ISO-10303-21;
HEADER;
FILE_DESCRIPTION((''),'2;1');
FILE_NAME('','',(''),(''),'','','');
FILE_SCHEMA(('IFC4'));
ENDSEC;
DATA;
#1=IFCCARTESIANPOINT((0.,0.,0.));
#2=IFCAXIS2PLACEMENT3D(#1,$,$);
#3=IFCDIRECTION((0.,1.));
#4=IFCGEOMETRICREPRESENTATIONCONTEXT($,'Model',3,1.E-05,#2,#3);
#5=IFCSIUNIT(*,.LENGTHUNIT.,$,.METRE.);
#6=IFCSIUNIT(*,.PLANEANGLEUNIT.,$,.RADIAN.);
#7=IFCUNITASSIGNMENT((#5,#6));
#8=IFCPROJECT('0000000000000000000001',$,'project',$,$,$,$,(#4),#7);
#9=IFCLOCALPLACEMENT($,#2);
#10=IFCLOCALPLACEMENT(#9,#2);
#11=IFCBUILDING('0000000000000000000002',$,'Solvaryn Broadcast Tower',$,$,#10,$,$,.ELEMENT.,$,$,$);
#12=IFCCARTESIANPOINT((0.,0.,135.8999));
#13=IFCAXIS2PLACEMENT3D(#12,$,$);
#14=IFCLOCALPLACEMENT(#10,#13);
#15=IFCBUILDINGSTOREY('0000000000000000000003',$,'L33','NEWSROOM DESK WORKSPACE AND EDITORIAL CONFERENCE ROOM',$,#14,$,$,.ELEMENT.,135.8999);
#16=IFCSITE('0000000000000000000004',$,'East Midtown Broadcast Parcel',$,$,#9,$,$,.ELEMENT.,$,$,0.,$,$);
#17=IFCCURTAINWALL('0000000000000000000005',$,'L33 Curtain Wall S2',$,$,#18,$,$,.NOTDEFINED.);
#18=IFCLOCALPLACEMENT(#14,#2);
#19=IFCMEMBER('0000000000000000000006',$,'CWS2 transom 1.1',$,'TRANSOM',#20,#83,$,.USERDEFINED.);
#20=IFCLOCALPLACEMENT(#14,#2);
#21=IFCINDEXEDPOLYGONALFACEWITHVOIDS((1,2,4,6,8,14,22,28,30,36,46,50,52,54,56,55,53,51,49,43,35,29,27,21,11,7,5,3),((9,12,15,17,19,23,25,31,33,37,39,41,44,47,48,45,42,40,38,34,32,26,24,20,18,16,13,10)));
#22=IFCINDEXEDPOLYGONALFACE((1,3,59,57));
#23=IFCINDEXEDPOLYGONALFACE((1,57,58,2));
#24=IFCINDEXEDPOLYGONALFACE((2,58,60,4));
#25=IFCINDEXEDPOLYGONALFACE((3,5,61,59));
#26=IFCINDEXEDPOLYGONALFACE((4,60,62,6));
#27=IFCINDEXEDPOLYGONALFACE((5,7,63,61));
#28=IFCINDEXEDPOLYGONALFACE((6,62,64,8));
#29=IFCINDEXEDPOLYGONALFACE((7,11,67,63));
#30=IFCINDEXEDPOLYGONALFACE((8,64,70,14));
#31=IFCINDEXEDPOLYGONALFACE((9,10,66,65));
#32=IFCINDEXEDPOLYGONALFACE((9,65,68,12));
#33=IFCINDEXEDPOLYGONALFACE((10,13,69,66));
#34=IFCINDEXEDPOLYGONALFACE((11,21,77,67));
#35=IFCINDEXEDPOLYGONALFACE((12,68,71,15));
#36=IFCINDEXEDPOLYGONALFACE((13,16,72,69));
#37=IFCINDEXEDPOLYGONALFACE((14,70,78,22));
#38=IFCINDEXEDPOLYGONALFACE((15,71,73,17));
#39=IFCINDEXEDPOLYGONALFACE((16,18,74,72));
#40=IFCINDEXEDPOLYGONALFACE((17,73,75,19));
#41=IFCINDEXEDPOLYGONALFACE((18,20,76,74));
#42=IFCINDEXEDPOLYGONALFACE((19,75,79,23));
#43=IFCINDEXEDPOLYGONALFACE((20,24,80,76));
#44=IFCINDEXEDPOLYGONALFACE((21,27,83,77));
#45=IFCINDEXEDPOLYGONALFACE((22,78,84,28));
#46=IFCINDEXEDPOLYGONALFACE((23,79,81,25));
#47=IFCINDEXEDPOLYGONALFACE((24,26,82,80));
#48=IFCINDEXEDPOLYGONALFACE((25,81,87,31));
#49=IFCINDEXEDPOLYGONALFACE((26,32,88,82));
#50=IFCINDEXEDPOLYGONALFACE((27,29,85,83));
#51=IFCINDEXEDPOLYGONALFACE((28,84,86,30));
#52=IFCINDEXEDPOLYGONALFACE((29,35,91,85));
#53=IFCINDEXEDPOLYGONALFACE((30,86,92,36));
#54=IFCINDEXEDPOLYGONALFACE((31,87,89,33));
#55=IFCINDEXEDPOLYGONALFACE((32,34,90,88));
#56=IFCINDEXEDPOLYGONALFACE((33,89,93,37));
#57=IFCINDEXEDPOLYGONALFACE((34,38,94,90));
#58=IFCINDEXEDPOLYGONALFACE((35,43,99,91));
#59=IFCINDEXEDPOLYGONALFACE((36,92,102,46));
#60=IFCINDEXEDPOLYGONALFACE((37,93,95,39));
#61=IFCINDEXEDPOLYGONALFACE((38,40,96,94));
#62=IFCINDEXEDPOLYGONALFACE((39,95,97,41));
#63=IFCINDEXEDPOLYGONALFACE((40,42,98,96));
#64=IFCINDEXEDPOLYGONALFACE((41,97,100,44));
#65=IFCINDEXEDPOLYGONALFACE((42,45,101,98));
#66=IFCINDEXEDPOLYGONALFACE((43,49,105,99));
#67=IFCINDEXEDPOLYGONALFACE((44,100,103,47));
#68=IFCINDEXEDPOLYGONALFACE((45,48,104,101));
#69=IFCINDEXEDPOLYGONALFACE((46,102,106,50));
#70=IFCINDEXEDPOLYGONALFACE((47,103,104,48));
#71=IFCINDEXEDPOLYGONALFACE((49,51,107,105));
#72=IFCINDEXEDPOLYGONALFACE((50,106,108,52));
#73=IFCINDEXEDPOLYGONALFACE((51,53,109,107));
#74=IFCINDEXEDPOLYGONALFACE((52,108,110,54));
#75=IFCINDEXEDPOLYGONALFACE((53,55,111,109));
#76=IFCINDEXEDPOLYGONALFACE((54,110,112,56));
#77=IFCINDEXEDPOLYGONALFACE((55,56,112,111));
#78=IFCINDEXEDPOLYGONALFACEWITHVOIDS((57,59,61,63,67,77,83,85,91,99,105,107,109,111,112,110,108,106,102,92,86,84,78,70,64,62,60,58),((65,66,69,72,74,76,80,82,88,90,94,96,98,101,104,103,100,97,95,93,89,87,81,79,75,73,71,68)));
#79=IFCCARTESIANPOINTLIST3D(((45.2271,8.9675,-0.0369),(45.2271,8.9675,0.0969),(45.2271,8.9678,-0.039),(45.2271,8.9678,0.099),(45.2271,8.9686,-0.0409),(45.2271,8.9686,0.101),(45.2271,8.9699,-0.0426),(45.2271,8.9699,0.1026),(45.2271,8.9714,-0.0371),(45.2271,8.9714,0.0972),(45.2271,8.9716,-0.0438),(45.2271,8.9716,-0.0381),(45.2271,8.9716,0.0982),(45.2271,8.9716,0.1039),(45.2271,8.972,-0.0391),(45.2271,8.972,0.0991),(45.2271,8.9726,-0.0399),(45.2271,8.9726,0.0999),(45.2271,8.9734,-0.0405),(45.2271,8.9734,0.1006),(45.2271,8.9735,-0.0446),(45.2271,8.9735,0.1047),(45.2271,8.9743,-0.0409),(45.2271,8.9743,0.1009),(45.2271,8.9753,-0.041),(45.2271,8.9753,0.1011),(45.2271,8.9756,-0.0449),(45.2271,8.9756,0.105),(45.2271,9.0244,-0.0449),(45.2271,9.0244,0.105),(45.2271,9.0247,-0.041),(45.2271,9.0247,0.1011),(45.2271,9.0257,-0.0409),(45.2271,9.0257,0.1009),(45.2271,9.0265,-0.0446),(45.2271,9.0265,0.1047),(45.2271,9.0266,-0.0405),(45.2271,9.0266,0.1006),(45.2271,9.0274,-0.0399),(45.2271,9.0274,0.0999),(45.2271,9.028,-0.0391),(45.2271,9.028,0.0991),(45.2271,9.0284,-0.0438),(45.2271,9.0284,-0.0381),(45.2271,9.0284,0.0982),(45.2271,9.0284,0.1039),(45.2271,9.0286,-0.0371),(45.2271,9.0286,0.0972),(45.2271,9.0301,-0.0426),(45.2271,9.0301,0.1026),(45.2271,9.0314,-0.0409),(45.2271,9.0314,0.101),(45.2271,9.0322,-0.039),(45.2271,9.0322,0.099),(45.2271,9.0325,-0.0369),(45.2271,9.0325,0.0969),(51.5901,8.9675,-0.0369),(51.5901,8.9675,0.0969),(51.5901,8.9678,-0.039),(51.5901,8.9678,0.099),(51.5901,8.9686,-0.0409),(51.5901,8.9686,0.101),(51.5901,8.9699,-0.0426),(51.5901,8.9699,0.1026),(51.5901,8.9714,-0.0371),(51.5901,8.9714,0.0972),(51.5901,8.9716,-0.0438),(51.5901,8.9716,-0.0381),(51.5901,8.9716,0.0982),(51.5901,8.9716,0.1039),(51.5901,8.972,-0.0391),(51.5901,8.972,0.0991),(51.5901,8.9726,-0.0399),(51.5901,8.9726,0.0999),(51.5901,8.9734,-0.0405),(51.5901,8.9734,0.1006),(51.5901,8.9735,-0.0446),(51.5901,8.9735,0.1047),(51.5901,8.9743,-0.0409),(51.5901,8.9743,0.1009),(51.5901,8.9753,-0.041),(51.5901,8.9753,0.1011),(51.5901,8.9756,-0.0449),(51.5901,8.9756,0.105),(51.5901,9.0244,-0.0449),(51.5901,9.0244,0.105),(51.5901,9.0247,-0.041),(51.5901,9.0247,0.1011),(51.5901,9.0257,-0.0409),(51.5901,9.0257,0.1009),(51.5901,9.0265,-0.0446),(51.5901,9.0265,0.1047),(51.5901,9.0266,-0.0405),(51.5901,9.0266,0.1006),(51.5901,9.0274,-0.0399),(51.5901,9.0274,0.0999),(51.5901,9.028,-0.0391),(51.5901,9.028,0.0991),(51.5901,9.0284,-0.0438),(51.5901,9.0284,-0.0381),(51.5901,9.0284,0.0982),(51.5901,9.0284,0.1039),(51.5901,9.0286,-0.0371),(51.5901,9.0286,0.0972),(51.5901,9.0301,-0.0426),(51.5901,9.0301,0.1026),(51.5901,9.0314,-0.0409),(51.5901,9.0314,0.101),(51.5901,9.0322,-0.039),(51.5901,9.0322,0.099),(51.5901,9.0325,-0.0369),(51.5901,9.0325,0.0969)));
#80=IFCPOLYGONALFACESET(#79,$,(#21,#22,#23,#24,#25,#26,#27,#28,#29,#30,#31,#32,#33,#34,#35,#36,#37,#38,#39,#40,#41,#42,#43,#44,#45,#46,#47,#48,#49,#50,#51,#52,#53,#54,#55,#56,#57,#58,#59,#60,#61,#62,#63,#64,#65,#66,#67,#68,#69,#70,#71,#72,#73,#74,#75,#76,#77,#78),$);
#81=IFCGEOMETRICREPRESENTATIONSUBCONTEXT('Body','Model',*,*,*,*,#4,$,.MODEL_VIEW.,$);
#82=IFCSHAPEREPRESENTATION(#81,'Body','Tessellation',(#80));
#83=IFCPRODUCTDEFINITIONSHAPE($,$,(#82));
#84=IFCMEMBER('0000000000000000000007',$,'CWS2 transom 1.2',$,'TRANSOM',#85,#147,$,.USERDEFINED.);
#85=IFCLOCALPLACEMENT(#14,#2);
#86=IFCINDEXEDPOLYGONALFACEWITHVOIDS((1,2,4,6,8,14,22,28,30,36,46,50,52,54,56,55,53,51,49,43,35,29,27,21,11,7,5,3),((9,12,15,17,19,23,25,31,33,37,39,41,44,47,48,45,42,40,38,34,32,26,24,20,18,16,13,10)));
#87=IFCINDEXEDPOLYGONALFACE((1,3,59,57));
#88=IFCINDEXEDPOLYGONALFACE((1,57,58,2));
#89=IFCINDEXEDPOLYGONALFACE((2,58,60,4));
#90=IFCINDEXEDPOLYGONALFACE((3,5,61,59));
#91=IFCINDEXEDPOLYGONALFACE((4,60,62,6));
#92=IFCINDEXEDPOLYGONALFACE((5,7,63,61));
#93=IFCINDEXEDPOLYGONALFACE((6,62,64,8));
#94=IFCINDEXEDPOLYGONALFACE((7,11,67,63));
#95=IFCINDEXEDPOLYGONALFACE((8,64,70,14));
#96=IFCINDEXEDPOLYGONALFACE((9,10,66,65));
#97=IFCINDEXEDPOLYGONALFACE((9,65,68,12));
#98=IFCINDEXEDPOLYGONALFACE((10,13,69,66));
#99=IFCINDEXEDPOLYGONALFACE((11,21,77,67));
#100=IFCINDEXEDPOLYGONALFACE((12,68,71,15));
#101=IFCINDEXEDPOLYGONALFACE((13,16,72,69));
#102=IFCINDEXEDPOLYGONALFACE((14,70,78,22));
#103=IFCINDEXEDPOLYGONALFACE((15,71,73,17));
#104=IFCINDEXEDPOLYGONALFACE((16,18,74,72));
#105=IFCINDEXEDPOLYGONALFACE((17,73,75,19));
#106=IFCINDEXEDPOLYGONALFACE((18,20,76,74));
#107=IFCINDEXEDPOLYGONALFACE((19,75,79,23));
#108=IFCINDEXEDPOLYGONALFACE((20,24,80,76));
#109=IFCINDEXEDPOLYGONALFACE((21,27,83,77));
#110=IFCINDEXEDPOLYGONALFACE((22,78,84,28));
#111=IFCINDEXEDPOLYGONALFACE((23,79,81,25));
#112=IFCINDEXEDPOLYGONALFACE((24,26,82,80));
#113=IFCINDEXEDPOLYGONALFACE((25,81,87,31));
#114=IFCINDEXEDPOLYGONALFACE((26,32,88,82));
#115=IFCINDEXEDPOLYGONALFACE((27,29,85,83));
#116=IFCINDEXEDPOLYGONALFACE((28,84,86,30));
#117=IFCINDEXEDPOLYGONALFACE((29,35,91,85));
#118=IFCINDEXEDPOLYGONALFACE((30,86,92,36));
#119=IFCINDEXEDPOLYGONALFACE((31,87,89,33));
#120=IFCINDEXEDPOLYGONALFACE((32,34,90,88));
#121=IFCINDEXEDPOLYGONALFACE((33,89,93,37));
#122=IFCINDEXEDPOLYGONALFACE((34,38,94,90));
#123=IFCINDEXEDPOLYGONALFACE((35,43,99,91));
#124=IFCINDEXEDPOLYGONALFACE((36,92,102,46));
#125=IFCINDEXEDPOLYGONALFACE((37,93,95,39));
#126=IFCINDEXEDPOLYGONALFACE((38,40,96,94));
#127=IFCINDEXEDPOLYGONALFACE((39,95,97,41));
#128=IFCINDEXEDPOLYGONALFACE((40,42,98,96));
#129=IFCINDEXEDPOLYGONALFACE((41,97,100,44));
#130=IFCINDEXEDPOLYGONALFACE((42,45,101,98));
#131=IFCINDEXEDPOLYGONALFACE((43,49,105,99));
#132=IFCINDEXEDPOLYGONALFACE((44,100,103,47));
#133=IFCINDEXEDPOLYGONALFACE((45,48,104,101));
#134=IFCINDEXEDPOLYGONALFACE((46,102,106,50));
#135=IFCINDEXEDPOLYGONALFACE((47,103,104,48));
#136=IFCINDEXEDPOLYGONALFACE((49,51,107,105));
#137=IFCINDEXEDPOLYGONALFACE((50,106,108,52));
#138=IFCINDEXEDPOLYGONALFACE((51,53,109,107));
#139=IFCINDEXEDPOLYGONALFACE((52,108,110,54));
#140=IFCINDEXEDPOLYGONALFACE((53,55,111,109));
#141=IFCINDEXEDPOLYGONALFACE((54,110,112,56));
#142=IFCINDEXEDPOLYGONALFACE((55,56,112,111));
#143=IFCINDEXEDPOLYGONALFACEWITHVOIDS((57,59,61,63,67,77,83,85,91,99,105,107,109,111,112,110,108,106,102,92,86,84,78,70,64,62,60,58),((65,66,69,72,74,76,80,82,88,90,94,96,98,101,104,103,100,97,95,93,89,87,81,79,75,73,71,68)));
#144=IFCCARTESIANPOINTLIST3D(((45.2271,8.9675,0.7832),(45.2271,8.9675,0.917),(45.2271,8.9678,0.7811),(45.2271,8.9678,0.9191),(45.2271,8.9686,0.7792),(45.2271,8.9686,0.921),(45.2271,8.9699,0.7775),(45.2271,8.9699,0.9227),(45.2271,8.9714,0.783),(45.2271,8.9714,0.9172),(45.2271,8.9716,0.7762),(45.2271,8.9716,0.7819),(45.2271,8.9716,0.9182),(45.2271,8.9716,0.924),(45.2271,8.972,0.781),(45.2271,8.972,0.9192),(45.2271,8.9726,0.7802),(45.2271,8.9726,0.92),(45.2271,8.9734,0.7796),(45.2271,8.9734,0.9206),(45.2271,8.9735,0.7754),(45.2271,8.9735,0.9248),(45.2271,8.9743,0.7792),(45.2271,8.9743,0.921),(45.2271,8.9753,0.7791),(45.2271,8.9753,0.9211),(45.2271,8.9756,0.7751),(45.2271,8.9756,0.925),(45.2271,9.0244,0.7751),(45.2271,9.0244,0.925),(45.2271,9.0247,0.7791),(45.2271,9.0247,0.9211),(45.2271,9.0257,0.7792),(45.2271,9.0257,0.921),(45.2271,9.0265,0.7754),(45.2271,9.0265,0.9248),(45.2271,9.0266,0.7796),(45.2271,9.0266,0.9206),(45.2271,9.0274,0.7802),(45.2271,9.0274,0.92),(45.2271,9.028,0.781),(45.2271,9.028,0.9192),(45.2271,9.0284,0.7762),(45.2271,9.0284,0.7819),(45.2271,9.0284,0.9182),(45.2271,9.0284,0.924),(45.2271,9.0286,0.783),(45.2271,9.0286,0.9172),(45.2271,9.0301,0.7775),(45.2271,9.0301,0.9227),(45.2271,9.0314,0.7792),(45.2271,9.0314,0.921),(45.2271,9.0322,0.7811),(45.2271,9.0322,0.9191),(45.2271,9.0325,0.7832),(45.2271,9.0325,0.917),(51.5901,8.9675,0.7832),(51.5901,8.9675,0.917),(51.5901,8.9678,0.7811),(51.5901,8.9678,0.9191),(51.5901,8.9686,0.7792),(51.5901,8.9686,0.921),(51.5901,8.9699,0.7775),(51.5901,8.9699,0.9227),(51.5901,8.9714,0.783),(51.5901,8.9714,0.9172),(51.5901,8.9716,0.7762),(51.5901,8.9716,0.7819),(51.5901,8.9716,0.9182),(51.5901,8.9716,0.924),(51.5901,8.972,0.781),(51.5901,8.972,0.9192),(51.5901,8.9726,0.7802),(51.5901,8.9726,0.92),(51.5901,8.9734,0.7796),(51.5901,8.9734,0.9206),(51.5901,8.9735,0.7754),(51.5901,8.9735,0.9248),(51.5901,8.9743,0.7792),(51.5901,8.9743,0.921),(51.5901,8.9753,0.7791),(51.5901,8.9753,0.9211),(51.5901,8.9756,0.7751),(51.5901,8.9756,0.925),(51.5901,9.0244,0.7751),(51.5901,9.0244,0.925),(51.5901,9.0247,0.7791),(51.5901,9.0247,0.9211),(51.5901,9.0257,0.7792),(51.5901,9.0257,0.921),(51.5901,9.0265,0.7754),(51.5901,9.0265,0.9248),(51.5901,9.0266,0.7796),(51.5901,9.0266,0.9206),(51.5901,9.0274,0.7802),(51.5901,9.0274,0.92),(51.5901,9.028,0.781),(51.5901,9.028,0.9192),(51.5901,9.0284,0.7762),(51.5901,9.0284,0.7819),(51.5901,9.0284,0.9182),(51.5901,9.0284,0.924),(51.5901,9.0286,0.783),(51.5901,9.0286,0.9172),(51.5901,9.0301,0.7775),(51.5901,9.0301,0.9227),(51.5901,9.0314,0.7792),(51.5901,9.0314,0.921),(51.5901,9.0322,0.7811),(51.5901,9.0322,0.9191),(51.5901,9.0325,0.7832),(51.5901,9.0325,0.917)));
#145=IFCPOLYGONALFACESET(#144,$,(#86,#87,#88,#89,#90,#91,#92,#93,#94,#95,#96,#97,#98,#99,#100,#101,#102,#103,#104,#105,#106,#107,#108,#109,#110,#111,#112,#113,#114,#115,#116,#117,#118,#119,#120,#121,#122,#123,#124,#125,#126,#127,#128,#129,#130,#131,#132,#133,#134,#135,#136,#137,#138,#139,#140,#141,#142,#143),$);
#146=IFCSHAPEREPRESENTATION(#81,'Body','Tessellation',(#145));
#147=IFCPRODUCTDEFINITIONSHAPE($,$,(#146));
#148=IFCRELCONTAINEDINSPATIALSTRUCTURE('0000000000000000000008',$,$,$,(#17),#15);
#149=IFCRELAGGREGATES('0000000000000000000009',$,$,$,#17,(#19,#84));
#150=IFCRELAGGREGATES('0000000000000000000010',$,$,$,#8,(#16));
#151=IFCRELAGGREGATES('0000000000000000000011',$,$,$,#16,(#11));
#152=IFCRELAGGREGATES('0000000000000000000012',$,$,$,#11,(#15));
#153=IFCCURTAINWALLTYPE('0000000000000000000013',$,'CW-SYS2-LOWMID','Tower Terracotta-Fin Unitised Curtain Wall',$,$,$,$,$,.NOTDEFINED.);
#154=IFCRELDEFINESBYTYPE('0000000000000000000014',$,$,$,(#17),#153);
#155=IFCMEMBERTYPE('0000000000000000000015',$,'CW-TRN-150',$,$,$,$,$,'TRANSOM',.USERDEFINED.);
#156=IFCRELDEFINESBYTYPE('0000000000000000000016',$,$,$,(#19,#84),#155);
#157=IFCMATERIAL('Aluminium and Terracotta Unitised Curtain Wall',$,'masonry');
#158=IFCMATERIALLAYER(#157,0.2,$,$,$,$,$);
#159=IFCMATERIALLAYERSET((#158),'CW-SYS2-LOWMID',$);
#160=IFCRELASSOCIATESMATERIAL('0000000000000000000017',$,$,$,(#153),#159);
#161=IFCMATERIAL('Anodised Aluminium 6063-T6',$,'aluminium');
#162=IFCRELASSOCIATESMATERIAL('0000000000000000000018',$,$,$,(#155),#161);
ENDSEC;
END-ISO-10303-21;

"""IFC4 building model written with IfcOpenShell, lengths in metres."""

from ifc_helpers import new_model, si_unit, direction, frame, origin, origin_2d, place, context, subcontext, project, spatial, hollow_rectangle, extrude, material, layer, layer_set, material_profile, profile_set, type_object, element, aggregate, save


model = new_model("IFC4")

# Units and contexts
model_context = context("Model", 3, precision=1e-05, world=origin(), true_north=direction((0.0, 1.0)))
body_context = subcontext(model_context, "Body", "Model", "MODEL_VIEW")
ifc_project = project(units=[si_unit("LENGTHUNIT", "METRE"), si_unit("PLANEANGLEUNIT", "RADIAN")], contexts=[model_context])

# Site, building, storey
site_placement = place(None, origin())
site = spatial("IfcSite", under=ifc_project, at=site_placement, Name="East Midtown Broadcast Parcel", CompositionType="ELEMENT", RefElevation=0.0)
building_placement = place(site_placement, origin())
building = spatial("IfcBuilding", under=site, at=building_placement, Name="Solvaryn Broadcast Tower", CompositionType="ELEMENT")
storey_placement = place(building_placement, frame((0.0, 0.0, 135.8999)))
storey = spatial("IfcBuildingStorey", under=building, at=storey_placement, Name="L33", Description="NEWSROOM DESK WORKSPACE AND EDITORIAL CONFERENCE ROOM", CompositionType="ELEMENT", Elevation=135.8999)

# Curtain wall
ifc_material_1 = material(Name="Aluminium and Terracotta Unitised Curtain Wall", Category="masonry")
ifc_layer_1 = layer(ifc_material_1, 0.2)
ifc_layer_set_1 = layer_set([ifc_layer_1], Name="CW-SYS2-LOWMID")
curtain_wall_type = type_object("IfcCurtainWallType", Name="CW-SYS2-LOWMID", Description="Tower Terracotta-Fin Unitised Curtain Wall", PredefinedType="NOTDEFINED", material=ifc_layer_set_1)
curtain_wall_1_placement = place(storey_placement, origin())
curtain_wall_1 = element("IfcCurtainWall", 1, at=curtain_wall_1_placement, inside=storey, type_object=curtain_wall_type, Name="L33 Curtain Wall S2", PredefinedType="NOTDEFINED")

# Members
ifc_material_2 = material(Name="Anodised Aluminium 6063-T6", Category="aluminium")
ifc_material_profile_1 = material_profile(ifc_material_2, hollow_rectangle(XDim=0.0649, YDim=0.1499, WallThickness=0.0039, InnerFilletRadius=0.0039, OuterFilletRadius=0.0081, at=origin_2d()))
ifc_profile_set_1 = profile_set([ifc_material_profile_1], Name="Anodised Aluminium 6063-T6")
member_type_1 = type_object("IfcMemberType", Name="CW-TRN-150", ElementType="TRANSOM", PredefinedType="USERDEFINED", material=ifc_profile_set_1)
member_1_placement = place(storey_placement, frame((45.2271, 9.0, 0.03), z_axis=(1.0, 0.0, 0.0), x_axis=(0.0, 1.0, 0.0)))
member_1 = element("IfcMember", 2, at=member_1_placement, type_object=member_type_1, Name="CWS2 transom 1.1", ObjectType="TRANSOM", PredefinedType="USERDEFINED", context=body_context, shape_type="SweptSolid", body=[
    extrude(hollow_rectangle(XDim=0.0649, YDim=0.1499, WallThickness=0.0039, InnerFilletRadius=0.0039, OuterFilletRadius=0.0081, at=origin_2d()), origin(), (0.0, 0.0, 1.0), 6.363),
])
member_2_placement = place(storey_placement, frame((45.2271, 9.0, 0.8501), z_axis=(1.0, 0.0, 0.0), x_axis=(0.0, 1.0, 0.0)))
member_2 = element("IfcMember", 3, at=member_2_placement, type_object=member_type_1, Name="CWS2 transom 1.2", ObjectType="TRANSOM", PredefinedType="USERDEFINED", context=body_context, shape_type="SweptSolid", body=[
    extrude(hollow_rectangle(XDim=0.0649, YDim=0.1499, WallThickness=0.0039, InnerFilletRadius=0.0039, OuterFilletRadius=0.0081, at=origin_2d()), origin(), (0.0, 0.0, 1.0), 6.363),
])

aggregate(curtain_wall_1, [member_1, member_2])

save(model, "model.ifc")
